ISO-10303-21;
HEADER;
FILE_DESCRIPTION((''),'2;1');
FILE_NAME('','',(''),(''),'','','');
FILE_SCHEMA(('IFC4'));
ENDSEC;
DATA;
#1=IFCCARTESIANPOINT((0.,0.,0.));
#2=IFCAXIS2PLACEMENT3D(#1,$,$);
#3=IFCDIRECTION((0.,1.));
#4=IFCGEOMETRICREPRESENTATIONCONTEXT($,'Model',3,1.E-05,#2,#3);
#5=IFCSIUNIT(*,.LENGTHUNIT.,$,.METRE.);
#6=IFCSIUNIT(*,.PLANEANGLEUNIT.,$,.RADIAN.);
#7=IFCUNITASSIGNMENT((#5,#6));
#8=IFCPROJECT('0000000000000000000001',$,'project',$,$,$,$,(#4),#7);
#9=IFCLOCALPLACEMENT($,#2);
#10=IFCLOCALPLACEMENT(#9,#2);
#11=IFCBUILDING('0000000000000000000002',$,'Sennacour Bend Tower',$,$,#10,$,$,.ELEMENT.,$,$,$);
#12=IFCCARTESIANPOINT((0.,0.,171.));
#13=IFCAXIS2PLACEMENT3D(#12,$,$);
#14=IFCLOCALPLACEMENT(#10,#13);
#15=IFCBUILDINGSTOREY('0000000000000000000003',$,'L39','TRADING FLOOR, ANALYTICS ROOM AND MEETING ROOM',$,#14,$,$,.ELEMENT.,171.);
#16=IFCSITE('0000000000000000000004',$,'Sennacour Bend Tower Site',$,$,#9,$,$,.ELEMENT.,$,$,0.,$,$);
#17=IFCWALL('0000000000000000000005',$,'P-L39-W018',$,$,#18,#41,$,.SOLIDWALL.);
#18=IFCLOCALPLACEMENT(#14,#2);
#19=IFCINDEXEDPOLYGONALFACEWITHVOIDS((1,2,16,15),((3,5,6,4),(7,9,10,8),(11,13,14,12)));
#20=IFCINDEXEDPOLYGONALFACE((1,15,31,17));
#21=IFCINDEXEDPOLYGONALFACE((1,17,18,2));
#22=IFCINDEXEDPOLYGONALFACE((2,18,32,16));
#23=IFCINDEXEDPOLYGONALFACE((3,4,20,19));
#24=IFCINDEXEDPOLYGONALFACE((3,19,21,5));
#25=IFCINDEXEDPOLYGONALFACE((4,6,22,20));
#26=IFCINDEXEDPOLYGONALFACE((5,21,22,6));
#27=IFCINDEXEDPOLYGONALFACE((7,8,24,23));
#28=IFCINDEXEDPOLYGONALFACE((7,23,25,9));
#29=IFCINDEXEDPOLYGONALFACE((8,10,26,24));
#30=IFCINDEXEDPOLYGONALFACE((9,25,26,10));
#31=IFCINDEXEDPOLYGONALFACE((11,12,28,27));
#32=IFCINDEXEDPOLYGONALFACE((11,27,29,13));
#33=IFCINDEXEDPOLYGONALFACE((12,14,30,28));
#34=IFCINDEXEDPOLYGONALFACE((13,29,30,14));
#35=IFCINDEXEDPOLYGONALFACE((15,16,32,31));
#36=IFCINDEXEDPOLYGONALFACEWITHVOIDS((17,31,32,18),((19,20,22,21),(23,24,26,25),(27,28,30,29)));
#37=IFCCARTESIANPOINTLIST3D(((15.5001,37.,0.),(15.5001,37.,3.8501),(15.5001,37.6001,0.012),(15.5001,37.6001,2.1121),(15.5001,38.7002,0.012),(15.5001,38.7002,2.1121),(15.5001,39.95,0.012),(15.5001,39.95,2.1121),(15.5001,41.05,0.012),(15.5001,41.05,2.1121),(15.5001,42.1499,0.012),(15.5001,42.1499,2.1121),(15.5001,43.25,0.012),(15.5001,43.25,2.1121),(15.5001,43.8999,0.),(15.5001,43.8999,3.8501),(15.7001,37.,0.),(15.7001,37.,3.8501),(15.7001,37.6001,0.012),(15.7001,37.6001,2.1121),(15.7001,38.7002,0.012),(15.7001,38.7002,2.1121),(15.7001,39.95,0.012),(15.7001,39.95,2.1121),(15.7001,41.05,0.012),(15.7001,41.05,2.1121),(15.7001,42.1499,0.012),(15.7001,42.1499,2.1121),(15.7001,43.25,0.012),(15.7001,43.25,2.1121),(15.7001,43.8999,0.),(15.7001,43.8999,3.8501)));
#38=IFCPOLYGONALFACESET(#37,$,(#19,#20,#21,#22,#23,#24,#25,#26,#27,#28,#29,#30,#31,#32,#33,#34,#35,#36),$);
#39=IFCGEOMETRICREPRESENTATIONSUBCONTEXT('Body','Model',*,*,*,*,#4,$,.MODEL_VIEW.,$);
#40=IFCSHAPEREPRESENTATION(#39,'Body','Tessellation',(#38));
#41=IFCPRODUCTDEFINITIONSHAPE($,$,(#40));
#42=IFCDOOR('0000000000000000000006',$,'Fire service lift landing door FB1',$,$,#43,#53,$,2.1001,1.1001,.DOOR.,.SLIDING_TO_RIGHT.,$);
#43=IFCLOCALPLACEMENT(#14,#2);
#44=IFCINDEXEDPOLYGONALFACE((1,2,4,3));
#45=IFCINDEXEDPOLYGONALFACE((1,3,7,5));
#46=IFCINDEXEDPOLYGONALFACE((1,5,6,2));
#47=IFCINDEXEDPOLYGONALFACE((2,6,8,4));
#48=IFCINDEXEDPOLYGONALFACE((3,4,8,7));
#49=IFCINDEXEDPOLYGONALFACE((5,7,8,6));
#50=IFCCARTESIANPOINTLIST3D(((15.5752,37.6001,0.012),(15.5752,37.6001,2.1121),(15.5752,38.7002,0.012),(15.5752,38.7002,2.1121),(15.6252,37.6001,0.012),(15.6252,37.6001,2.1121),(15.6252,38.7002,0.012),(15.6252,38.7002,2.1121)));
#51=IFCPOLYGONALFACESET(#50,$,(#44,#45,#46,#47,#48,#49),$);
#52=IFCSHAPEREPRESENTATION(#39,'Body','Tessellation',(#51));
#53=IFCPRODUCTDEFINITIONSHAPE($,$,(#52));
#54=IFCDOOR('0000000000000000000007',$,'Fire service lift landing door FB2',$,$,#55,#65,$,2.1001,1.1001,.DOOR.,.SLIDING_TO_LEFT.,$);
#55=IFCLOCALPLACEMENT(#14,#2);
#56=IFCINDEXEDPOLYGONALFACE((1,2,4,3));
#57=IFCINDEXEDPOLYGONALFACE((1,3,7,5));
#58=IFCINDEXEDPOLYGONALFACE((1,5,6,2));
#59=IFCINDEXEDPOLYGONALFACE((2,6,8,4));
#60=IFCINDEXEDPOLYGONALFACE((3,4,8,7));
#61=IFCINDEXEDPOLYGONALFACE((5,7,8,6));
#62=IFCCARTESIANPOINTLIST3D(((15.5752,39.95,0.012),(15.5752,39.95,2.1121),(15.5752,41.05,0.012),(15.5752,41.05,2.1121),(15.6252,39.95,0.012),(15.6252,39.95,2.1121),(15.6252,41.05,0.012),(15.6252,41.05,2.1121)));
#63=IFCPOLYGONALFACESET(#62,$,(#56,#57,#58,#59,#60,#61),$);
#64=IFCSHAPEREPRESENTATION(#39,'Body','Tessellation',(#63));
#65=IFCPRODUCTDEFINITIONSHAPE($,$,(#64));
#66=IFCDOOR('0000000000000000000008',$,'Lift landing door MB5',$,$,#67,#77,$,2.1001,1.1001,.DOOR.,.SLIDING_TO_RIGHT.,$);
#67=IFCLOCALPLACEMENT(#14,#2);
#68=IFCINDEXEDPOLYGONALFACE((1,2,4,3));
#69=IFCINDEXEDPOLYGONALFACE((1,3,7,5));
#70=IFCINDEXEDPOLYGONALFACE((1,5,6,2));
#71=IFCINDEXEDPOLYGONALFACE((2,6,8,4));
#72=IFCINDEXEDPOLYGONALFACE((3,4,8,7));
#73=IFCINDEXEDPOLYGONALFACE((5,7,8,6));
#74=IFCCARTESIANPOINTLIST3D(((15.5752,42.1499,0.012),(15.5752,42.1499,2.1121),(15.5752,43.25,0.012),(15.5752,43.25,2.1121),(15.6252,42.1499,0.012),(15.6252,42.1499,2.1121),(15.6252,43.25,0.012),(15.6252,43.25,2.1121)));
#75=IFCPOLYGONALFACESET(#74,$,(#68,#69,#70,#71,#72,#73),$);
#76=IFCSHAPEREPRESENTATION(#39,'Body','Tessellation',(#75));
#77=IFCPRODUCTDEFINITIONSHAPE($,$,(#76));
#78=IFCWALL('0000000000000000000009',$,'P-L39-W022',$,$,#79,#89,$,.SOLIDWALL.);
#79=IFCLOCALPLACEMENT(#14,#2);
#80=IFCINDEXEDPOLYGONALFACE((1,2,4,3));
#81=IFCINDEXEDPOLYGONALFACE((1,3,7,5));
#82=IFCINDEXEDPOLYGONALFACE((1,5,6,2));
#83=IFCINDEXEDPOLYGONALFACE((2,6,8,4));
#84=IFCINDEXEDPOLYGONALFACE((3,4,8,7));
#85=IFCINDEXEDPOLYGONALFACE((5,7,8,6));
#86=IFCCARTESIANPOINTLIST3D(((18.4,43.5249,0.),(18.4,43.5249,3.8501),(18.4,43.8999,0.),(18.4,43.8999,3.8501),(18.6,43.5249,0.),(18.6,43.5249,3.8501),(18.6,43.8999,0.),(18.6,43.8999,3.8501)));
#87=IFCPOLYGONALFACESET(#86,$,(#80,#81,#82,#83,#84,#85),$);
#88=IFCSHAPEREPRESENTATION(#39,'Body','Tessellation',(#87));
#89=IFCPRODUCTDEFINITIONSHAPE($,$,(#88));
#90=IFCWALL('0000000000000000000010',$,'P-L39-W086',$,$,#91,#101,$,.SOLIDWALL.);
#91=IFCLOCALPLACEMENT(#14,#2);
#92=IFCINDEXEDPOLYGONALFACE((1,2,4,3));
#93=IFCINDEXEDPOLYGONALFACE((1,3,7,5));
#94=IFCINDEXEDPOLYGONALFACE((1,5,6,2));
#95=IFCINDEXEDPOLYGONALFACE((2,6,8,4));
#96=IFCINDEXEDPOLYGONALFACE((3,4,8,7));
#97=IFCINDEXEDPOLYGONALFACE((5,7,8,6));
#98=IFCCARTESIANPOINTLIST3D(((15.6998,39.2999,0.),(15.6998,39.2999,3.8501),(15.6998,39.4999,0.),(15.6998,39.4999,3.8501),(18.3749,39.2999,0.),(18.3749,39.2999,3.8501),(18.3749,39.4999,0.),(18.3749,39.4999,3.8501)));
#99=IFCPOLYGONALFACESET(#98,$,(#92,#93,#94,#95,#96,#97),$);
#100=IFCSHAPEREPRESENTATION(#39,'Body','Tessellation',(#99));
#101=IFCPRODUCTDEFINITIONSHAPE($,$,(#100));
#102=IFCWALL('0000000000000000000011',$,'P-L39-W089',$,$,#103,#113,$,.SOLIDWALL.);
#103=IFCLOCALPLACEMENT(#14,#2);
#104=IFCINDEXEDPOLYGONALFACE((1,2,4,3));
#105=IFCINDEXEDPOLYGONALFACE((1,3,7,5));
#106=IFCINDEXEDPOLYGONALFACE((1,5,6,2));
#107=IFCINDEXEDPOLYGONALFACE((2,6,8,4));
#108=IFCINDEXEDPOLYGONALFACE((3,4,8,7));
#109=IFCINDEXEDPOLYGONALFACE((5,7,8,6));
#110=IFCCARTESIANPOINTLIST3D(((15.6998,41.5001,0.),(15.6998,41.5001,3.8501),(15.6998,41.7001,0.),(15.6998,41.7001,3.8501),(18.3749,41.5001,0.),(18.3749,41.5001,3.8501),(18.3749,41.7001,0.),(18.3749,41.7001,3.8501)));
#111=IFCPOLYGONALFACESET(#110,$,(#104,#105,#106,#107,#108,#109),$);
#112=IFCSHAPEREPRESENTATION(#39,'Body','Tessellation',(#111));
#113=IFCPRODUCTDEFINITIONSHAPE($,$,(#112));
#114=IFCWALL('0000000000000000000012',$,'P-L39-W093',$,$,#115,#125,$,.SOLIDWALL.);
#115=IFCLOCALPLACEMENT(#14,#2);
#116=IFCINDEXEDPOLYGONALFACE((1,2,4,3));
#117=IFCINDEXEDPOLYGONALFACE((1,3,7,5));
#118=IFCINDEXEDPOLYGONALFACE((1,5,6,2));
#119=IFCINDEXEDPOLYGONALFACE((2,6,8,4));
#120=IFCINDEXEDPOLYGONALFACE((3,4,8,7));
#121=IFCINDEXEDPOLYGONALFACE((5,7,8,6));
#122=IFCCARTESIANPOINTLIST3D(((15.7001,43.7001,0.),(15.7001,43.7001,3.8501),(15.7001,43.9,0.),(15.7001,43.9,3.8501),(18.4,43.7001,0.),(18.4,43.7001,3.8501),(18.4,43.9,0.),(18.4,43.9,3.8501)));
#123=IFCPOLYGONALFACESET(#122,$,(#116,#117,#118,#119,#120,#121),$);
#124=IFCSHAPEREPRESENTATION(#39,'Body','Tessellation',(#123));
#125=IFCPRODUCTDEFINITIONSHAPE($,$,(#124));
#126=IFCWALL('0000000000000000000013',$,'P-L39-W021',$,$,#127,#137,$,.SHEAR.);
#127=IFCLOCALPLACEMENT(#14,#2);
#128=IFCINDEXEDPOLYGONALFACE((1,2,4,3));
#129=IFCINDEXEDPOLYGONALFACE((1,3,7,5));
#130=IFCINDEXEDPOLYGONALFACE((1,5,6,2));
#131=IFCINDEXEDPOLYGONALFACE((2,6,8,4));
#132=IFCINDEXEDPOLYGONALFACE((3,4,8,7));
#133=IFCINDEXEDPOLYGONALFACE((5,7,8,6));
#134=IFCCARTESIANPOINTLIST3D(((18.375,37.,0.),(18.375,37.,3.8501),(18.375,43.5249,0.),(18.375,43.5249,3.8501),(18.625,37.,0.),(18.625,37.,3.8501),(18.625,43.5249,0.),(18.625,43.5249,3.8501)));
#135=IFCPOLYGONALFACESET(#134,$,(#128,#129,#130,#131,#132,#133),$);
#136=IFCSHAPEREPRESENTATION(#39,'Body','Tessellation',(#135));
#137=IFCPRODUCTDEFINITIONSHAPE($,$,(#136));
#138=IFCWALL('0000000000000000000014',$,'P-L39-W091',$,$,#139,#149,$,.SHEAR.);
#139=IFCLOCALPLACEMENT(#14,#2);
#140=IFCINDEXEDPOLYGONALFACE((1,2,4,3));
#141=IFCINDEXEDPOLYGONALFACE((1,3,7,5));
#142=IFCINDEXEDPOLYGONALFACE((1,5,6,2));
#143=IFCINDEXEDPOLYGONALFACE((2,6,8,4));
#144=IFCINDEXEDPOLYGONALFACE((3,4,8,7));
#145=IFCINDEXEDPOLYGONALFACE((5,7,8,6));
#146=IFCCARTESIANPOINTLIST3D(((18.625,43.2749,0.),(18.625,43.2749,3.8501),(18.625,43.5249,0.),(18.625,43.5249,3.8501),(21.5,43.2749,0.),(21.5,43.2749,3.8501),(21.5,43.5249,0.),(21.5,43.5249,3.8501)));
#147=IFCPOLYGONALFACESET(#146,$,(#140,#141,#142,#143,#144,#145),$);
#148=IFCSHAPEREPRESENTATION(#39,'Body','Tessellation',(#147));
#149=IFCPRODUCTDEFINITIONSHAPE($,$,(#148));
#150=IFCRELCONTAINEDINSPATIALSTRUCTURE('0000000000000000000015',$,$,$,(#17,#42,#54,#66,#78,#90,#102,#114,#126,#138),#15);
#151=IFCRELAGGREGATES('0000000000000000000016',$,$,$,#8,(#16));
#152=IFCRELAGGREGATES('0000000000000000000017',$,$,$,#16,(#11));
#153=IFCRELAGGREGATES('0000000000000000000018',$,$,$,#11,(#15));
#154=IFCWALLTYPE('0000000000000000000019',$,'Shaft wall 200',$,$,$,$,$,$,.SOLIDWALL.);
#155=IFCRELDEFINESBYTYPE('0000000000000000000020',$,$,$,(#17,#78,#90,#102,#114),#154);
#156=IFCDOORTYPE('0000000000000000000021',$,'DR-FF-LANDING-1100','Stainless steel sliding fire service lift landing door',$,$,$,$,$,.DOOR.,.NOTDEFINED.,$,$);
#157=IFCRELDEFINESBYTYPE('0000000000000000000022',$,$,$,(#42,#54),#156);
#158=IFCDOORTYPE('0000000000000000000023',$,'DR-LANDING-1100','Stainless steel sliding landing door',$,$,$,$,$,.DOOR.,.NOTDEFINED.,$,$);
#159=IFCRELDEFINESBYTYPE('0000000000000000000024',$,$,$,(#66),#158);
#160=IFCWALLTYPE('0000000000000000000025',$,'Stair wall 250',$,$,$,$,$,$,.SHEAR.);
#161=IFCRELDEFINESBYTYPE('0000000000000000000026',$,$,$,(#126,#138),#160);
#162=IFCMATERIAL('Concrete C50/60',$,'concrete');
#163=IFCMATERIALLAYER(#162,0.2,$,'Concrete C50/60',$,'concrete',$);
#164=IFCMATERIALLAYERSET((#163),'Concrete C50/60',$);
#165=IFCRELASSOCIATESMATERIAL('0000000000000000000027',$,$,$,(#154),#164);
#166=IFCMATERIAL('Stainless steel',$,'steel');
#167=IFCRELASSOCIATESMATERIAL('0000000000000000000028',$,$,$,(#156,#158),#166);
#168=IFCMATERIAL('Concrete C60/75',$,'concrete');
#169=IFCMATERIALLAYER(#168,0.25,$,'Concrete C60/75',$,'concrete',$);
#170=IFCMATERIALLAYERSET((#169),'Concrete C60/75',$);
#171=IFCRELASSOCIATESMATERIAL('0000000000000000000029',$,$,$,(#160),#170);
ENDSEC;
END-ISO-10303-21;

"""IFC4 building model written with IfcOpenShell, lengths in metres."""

from ifc_helpers import new_model, si_unit, direction, frame, frame_2d, origin, place, context, subcontext, project, spatial, rectangle, extrude, material, layer, layer_set, type_object, element, fill, save


model = new_model("IFC4")

# Units and contexts
model_context = context("Model", 3, precision=1e-05, world=origin(), true_north=direction((0.0, 1.0)))
body_context = subcontext(model_context, "Body", "Model", "MODEL_VIEW")
ifc_project = project(units=[si_unit("LENGTHUNIT", "METRE"), si_unit("PLANEANGLEUNIT", "RADIAN")], contexts=[model_context])

# Site, building, storey
site_placement = place(None, origin())
site = spatial("IfcSite", under=ifc_project, at=site_placement, Name="Sennacour Bend Tower Site", CompositionType="ELEMENT", RefElevation=0.0)
building_placement = place(site_placement, origin())
building = spatial("IfcBuilding", under=site, at=building_placement, Name="Sennacour Bend Tower", CompositionType="ELEMENT")
storey_placement = place(building_placement, frame((0.0, 0.0, 171.0)))
storey = spatial("IfcBuildingStorey", under=building, at=storey_placement, Name="L39", Description="TRADING FLOOR, ANALYTICS ROOM AND MEETING ROOM", CompositionType="ELEMENT", Elevation=171.0)

# Wall, openings, doors
ifc_material_1 = material(Name="Concrete C50/60", Category="concrete")
ifc_layer_1 = layer(ifc_material_1, 0.2, Name="Concrete C50/60", Category="concrete")
ifc_layer_set_1 = layer_set([ifc_layer_1], Name="Concrete C50/60")
wall_type_1 = type_object("IfcWallType", Name="Shaft wall 200", PredefinedType="SOLIDWALL", material=ifc_layer_set_1)
wall_1_placement = place(storey_placement, frame((15.6001, 37.0, 0.0), z_axis=(0.0, 0.0, 1.0), x_axis=(0.0, 1.0, 0.0)))
wall_1 = element("IfcWall", 1, at=wall_1_placement, inside=storey, type_object=wall_type_1, Name="P-L39-W018", PredefinedType="SOLIDWALL", context=body_context, shape_type="SweptSolid", body=[
    extrude(rectangle(XDim=6.8999, YDim=0.2, at=frame_2d((3.45, 0.0))), origin(), (0.0, 0.0, 1.0), 3.8501),
])
opening_1_placement = place(wall_1_placement, frame((0.6001, 0.0, 0.012)))
opening_1 = element("IfcOpeningElement", 2, at=opening_1_placement, cuts=wall_1, PredefinedType="OPENING", context=body_context, shape_type="SweptSolid", body=[
    extrude(rectangle(XDim=1.1001, YDim=2.1001, at=frame_2d((0.55, 1.05))), frame((0.0, 0.1099, 0.0), z_axis=(0.0, -1.0, 0.0), x_axis=(1.0, 0.0, 0.0)), (0.0, 0.0, 1.0), 0.22),
])
opening_2_placement = place(wall_1_placement, frame((2.95, 0.0, 0.012)))
opening_2 = element("IfcOpeningElement", 3, at=opening_2_placement, cuts=wall_1, PredefinedType="OPENING", context=body_context, shape_type="SweptSolid", body=[
    extrude(rectangle(XDim=1.1001, YDim=2.1001, at=frame_2d((0.55, 1.05))), frame((0.0, 0.1099, 0.0), z_axis=(0.0, -1.0, 0.0), x_axis=(1.0, 0.0, 0.0)), (0.0, 0.0, 1.0), 0.22),
])
opening_3_placement = place(wall_1_placement, frame((5.1499, 0.0, 0.012)))
opening_3 = element("IfcOpeningElement", 4, at=opening_3_placement, cuts=wall_1, PredefinedType="OPENING", context=body_context, shape_type="SweptSolid", body=[
    extrude(rectangle(XDim=1.1001, YDim=2.1001, at=frame_2d((0.55, 1.05))), frame((0.0, 0.1099, 0.0), z_axis=(0.0, -1.0, 0.0), x_axis=(1.0, 0.0, 0.0)), (0.0, 0.0, 1.0), 0.22),
])
ifc_material_2 = material(Name="Stainless steel", Category="steel")
door_type_1 = type_object("IfcDoorType", Name="DR-FF-LANDING-1100", Description="Stainless steel sliding fire service lift landing door", OperationType="NOTDEFINED", PredefinedType="DOOR", material=ifc_material_2)
door_1_placement = place(opening_1_placement, origin())
door_1 = element("IfcDoor", 5, at=door_1_placement, inside=storey, type_object=door_type_1, Name="Fire service lift landing door FB1", OperationType="SLIDING_TO_RIGHT", OverallHeight=2.1001, OverallWidth=1.1001, PredefinedType="DOOR", context=body_context, shape_type="SweptSolid", body=[
    extrude(rectangle(XDim=1.1001, YDim=2.1001, at=frame_2d((0.55, 1.05))), frame((0.0, 0.0249, 0.0), z_axis=(0.0, -1.0, 0.0), x_axis=(1.0, 0.0, 0.0)), (0.0, 0.0, 1.0), 0.05),
])
fill(opening_1, door_1)
door_2_placement = place(opening_2_placement, origin())
door_2 = element("IfcDoor", 6, at=door_2_placement, inside=storey, type_object=door_type_1, Name="Fire service lift landing door FB2", OperationType="SLIDING_TO_LEFT", OverallHeight=2.1001, OverallWidth=1.1001, PredefinedType="DOOR", context=body_context, shape_type="SweptSolid", body=[
    extrude(rectangle(XDim=1.1001, YDim=2.1001, at=frame_2d((0.55, 1.05))), frame((0.0, 0.0249, 0.0), z_axis=(0.0, -1.0, 0.0), x_axis=(1.0, 0.0, 0.0)), (0.0, 0.0, 1.0), 0.05),
])
fill(opening_2, door_2)
door_type_2 = type_object("IfcDoorType", Name="DR-LANDING-1100", Description="Stainless steel sliding landing door", OperationType="NOTDEFINED", PredefinedType="DOOR", material=ifc_material_2)
door_3_placement = place(opening_3_placement, origin())
door_3 = element("IfcDoor", 7, at=door_3_placement, inside=storey, type_object=door_type_2, Name="Lift landing door MB5", OperationType="SLIDING_TO_RIGHT", OverallHeight=2.1001, OverallWidth=1.1001, PredefinedType="DOOR", context=body_context, shape_type="SweptSolid", body=[
    extrude(rectangle(XDim=1.1001, YDim=2.1001, at=frame_2d((0.55, 1.05))), frame((0.0, 0.0249, 0.0), z_axis=(0.0, -1.0, 0.0), x_axis=(1.0, 0.0, 0.0)), (0.0, 0.0, 1.0), 0.05),
])
fill(opening_3, door_3)

# Walls
wall_2_placement = place(storey_placement, frame((18.5, 43.5249, 0.0), z_axis=(0.0, 0.0, 1.0), x_axis=(0.0, 1.0, 0.0)))
element("IfcWall", 8, at=wall_2_placement, inside=storey, type_object=wall_type_1, Name="P-L39-W022", PredefinedType="SOLIDWALL", context=body_context, shape_type="SweptSolid", body=[
    extrude(rectangle(XDim=0.375, YDim=0.2, at=frame_2d((0.1875, 0.0))), origin(), (0.0, 0.0, 1.0), 3.8501),
])
for number, where, z_axis, x_axis, name in (
    (9, (15.7, 39.3999, 0.0), (0.0, 0.0, 1.0), (1.0, 0.0, 0.0), "P-L39-W086"),
    (10, (15.7, 41.6001, 0.0), (0.0, 0.0, 1.0), (1.0, 0.0, 0.0), "P-L39-W089"),
):
    element("IfcWall", number, at=place(storey_placement, frame(where, z_axis=z_axis, x_axis=x_axis)), inside=storey, type_object=wall_type_1, Name=name, PredefinedType="SOLIDWALL", context=body_context, shape_type="SweptSolid", body=[
        extrude(rectangle(XDim=2.675, YDim=0.2, at=frame_2d((1.3374, 0.0))), origin(), (0.0, 0.0, 1.0), 3.8501),
    ])
wall_3_placement = place(storey_placement, frame((15.7, 43.8, 0.0), z_axis=(0.0, 0.0, 1.0), x_axis=(1.0, 0.0, 0.0)))
element("IfcWall", 11, at=wall_3_placement, inside=storey, type_object=wall_type_1, Name="P-L39-W093", PredefinedType="SOLIDWALL", context=body_context, shape_type="SweptSolid", body=[
    extrude(rectangle(XDim=2.7, YDim=0.2, at=frame_2d((1.3501, 0.0))), origin(), (0.0, 0.0, 1.0), 3.8501),
])
ifc_material_3 = material(Name="Concrete C60/75", Category="concrete")
ifc_layer_2 = layer(ifc_material_3, 0.25, Name="Concrete C60/75", Category="concrete")
ifc_layer_set_2 = layer_set([ifc_layer_2], Name="Concrete C60/75")
wall_type_2 = type_object("IfcWallType", Name="Stair wall 250", PredefinedType="SHEAR", material=ifc_layer_set_2)
wall_4_placement = place(storey_placement, frame((18.5, 37.0, 0.0), z_axis=(0.0, 0.0, 1.0), x_axis=(0.0, 1.0, 0.0)))
element("IfcWall", 12, at=wall_4_placement, inside=storey, type_object=wall_type_2, Name="P-L39-W021", PredefinedType="SHEAR", context=body_context, shape_type="SweptSolid", body=[
    extrude(rectangle(XDim=6.5249, YDim=0.25, at=frame_2d((3.2625, 0.0))), origin(), (0.0, 0.0, 1.0), 3.8501),
])
wall_5_placement = place(storey_placement, frame((18.625, 43.3999, 0.0), z_axis=(0.0, 0.0, 1.0), x_axis=(1.0, 0.0, 0.0)))
element("IfcWall", 13, at=wall_5_placement, inside=storey, type_object=wall_type_2, Name="P-L39-W091", PredefinedType="SHEAR", context=body_context, shape_type="SweptSolid", body=[
    extrude(rectangle(XDim=2.875, YDim=0.25, at=frame_2d((1.4375, 0.0))), origin(), (0.0, 0.0, 1.0), 3.8501),
])

save(model, "model.ifc")
